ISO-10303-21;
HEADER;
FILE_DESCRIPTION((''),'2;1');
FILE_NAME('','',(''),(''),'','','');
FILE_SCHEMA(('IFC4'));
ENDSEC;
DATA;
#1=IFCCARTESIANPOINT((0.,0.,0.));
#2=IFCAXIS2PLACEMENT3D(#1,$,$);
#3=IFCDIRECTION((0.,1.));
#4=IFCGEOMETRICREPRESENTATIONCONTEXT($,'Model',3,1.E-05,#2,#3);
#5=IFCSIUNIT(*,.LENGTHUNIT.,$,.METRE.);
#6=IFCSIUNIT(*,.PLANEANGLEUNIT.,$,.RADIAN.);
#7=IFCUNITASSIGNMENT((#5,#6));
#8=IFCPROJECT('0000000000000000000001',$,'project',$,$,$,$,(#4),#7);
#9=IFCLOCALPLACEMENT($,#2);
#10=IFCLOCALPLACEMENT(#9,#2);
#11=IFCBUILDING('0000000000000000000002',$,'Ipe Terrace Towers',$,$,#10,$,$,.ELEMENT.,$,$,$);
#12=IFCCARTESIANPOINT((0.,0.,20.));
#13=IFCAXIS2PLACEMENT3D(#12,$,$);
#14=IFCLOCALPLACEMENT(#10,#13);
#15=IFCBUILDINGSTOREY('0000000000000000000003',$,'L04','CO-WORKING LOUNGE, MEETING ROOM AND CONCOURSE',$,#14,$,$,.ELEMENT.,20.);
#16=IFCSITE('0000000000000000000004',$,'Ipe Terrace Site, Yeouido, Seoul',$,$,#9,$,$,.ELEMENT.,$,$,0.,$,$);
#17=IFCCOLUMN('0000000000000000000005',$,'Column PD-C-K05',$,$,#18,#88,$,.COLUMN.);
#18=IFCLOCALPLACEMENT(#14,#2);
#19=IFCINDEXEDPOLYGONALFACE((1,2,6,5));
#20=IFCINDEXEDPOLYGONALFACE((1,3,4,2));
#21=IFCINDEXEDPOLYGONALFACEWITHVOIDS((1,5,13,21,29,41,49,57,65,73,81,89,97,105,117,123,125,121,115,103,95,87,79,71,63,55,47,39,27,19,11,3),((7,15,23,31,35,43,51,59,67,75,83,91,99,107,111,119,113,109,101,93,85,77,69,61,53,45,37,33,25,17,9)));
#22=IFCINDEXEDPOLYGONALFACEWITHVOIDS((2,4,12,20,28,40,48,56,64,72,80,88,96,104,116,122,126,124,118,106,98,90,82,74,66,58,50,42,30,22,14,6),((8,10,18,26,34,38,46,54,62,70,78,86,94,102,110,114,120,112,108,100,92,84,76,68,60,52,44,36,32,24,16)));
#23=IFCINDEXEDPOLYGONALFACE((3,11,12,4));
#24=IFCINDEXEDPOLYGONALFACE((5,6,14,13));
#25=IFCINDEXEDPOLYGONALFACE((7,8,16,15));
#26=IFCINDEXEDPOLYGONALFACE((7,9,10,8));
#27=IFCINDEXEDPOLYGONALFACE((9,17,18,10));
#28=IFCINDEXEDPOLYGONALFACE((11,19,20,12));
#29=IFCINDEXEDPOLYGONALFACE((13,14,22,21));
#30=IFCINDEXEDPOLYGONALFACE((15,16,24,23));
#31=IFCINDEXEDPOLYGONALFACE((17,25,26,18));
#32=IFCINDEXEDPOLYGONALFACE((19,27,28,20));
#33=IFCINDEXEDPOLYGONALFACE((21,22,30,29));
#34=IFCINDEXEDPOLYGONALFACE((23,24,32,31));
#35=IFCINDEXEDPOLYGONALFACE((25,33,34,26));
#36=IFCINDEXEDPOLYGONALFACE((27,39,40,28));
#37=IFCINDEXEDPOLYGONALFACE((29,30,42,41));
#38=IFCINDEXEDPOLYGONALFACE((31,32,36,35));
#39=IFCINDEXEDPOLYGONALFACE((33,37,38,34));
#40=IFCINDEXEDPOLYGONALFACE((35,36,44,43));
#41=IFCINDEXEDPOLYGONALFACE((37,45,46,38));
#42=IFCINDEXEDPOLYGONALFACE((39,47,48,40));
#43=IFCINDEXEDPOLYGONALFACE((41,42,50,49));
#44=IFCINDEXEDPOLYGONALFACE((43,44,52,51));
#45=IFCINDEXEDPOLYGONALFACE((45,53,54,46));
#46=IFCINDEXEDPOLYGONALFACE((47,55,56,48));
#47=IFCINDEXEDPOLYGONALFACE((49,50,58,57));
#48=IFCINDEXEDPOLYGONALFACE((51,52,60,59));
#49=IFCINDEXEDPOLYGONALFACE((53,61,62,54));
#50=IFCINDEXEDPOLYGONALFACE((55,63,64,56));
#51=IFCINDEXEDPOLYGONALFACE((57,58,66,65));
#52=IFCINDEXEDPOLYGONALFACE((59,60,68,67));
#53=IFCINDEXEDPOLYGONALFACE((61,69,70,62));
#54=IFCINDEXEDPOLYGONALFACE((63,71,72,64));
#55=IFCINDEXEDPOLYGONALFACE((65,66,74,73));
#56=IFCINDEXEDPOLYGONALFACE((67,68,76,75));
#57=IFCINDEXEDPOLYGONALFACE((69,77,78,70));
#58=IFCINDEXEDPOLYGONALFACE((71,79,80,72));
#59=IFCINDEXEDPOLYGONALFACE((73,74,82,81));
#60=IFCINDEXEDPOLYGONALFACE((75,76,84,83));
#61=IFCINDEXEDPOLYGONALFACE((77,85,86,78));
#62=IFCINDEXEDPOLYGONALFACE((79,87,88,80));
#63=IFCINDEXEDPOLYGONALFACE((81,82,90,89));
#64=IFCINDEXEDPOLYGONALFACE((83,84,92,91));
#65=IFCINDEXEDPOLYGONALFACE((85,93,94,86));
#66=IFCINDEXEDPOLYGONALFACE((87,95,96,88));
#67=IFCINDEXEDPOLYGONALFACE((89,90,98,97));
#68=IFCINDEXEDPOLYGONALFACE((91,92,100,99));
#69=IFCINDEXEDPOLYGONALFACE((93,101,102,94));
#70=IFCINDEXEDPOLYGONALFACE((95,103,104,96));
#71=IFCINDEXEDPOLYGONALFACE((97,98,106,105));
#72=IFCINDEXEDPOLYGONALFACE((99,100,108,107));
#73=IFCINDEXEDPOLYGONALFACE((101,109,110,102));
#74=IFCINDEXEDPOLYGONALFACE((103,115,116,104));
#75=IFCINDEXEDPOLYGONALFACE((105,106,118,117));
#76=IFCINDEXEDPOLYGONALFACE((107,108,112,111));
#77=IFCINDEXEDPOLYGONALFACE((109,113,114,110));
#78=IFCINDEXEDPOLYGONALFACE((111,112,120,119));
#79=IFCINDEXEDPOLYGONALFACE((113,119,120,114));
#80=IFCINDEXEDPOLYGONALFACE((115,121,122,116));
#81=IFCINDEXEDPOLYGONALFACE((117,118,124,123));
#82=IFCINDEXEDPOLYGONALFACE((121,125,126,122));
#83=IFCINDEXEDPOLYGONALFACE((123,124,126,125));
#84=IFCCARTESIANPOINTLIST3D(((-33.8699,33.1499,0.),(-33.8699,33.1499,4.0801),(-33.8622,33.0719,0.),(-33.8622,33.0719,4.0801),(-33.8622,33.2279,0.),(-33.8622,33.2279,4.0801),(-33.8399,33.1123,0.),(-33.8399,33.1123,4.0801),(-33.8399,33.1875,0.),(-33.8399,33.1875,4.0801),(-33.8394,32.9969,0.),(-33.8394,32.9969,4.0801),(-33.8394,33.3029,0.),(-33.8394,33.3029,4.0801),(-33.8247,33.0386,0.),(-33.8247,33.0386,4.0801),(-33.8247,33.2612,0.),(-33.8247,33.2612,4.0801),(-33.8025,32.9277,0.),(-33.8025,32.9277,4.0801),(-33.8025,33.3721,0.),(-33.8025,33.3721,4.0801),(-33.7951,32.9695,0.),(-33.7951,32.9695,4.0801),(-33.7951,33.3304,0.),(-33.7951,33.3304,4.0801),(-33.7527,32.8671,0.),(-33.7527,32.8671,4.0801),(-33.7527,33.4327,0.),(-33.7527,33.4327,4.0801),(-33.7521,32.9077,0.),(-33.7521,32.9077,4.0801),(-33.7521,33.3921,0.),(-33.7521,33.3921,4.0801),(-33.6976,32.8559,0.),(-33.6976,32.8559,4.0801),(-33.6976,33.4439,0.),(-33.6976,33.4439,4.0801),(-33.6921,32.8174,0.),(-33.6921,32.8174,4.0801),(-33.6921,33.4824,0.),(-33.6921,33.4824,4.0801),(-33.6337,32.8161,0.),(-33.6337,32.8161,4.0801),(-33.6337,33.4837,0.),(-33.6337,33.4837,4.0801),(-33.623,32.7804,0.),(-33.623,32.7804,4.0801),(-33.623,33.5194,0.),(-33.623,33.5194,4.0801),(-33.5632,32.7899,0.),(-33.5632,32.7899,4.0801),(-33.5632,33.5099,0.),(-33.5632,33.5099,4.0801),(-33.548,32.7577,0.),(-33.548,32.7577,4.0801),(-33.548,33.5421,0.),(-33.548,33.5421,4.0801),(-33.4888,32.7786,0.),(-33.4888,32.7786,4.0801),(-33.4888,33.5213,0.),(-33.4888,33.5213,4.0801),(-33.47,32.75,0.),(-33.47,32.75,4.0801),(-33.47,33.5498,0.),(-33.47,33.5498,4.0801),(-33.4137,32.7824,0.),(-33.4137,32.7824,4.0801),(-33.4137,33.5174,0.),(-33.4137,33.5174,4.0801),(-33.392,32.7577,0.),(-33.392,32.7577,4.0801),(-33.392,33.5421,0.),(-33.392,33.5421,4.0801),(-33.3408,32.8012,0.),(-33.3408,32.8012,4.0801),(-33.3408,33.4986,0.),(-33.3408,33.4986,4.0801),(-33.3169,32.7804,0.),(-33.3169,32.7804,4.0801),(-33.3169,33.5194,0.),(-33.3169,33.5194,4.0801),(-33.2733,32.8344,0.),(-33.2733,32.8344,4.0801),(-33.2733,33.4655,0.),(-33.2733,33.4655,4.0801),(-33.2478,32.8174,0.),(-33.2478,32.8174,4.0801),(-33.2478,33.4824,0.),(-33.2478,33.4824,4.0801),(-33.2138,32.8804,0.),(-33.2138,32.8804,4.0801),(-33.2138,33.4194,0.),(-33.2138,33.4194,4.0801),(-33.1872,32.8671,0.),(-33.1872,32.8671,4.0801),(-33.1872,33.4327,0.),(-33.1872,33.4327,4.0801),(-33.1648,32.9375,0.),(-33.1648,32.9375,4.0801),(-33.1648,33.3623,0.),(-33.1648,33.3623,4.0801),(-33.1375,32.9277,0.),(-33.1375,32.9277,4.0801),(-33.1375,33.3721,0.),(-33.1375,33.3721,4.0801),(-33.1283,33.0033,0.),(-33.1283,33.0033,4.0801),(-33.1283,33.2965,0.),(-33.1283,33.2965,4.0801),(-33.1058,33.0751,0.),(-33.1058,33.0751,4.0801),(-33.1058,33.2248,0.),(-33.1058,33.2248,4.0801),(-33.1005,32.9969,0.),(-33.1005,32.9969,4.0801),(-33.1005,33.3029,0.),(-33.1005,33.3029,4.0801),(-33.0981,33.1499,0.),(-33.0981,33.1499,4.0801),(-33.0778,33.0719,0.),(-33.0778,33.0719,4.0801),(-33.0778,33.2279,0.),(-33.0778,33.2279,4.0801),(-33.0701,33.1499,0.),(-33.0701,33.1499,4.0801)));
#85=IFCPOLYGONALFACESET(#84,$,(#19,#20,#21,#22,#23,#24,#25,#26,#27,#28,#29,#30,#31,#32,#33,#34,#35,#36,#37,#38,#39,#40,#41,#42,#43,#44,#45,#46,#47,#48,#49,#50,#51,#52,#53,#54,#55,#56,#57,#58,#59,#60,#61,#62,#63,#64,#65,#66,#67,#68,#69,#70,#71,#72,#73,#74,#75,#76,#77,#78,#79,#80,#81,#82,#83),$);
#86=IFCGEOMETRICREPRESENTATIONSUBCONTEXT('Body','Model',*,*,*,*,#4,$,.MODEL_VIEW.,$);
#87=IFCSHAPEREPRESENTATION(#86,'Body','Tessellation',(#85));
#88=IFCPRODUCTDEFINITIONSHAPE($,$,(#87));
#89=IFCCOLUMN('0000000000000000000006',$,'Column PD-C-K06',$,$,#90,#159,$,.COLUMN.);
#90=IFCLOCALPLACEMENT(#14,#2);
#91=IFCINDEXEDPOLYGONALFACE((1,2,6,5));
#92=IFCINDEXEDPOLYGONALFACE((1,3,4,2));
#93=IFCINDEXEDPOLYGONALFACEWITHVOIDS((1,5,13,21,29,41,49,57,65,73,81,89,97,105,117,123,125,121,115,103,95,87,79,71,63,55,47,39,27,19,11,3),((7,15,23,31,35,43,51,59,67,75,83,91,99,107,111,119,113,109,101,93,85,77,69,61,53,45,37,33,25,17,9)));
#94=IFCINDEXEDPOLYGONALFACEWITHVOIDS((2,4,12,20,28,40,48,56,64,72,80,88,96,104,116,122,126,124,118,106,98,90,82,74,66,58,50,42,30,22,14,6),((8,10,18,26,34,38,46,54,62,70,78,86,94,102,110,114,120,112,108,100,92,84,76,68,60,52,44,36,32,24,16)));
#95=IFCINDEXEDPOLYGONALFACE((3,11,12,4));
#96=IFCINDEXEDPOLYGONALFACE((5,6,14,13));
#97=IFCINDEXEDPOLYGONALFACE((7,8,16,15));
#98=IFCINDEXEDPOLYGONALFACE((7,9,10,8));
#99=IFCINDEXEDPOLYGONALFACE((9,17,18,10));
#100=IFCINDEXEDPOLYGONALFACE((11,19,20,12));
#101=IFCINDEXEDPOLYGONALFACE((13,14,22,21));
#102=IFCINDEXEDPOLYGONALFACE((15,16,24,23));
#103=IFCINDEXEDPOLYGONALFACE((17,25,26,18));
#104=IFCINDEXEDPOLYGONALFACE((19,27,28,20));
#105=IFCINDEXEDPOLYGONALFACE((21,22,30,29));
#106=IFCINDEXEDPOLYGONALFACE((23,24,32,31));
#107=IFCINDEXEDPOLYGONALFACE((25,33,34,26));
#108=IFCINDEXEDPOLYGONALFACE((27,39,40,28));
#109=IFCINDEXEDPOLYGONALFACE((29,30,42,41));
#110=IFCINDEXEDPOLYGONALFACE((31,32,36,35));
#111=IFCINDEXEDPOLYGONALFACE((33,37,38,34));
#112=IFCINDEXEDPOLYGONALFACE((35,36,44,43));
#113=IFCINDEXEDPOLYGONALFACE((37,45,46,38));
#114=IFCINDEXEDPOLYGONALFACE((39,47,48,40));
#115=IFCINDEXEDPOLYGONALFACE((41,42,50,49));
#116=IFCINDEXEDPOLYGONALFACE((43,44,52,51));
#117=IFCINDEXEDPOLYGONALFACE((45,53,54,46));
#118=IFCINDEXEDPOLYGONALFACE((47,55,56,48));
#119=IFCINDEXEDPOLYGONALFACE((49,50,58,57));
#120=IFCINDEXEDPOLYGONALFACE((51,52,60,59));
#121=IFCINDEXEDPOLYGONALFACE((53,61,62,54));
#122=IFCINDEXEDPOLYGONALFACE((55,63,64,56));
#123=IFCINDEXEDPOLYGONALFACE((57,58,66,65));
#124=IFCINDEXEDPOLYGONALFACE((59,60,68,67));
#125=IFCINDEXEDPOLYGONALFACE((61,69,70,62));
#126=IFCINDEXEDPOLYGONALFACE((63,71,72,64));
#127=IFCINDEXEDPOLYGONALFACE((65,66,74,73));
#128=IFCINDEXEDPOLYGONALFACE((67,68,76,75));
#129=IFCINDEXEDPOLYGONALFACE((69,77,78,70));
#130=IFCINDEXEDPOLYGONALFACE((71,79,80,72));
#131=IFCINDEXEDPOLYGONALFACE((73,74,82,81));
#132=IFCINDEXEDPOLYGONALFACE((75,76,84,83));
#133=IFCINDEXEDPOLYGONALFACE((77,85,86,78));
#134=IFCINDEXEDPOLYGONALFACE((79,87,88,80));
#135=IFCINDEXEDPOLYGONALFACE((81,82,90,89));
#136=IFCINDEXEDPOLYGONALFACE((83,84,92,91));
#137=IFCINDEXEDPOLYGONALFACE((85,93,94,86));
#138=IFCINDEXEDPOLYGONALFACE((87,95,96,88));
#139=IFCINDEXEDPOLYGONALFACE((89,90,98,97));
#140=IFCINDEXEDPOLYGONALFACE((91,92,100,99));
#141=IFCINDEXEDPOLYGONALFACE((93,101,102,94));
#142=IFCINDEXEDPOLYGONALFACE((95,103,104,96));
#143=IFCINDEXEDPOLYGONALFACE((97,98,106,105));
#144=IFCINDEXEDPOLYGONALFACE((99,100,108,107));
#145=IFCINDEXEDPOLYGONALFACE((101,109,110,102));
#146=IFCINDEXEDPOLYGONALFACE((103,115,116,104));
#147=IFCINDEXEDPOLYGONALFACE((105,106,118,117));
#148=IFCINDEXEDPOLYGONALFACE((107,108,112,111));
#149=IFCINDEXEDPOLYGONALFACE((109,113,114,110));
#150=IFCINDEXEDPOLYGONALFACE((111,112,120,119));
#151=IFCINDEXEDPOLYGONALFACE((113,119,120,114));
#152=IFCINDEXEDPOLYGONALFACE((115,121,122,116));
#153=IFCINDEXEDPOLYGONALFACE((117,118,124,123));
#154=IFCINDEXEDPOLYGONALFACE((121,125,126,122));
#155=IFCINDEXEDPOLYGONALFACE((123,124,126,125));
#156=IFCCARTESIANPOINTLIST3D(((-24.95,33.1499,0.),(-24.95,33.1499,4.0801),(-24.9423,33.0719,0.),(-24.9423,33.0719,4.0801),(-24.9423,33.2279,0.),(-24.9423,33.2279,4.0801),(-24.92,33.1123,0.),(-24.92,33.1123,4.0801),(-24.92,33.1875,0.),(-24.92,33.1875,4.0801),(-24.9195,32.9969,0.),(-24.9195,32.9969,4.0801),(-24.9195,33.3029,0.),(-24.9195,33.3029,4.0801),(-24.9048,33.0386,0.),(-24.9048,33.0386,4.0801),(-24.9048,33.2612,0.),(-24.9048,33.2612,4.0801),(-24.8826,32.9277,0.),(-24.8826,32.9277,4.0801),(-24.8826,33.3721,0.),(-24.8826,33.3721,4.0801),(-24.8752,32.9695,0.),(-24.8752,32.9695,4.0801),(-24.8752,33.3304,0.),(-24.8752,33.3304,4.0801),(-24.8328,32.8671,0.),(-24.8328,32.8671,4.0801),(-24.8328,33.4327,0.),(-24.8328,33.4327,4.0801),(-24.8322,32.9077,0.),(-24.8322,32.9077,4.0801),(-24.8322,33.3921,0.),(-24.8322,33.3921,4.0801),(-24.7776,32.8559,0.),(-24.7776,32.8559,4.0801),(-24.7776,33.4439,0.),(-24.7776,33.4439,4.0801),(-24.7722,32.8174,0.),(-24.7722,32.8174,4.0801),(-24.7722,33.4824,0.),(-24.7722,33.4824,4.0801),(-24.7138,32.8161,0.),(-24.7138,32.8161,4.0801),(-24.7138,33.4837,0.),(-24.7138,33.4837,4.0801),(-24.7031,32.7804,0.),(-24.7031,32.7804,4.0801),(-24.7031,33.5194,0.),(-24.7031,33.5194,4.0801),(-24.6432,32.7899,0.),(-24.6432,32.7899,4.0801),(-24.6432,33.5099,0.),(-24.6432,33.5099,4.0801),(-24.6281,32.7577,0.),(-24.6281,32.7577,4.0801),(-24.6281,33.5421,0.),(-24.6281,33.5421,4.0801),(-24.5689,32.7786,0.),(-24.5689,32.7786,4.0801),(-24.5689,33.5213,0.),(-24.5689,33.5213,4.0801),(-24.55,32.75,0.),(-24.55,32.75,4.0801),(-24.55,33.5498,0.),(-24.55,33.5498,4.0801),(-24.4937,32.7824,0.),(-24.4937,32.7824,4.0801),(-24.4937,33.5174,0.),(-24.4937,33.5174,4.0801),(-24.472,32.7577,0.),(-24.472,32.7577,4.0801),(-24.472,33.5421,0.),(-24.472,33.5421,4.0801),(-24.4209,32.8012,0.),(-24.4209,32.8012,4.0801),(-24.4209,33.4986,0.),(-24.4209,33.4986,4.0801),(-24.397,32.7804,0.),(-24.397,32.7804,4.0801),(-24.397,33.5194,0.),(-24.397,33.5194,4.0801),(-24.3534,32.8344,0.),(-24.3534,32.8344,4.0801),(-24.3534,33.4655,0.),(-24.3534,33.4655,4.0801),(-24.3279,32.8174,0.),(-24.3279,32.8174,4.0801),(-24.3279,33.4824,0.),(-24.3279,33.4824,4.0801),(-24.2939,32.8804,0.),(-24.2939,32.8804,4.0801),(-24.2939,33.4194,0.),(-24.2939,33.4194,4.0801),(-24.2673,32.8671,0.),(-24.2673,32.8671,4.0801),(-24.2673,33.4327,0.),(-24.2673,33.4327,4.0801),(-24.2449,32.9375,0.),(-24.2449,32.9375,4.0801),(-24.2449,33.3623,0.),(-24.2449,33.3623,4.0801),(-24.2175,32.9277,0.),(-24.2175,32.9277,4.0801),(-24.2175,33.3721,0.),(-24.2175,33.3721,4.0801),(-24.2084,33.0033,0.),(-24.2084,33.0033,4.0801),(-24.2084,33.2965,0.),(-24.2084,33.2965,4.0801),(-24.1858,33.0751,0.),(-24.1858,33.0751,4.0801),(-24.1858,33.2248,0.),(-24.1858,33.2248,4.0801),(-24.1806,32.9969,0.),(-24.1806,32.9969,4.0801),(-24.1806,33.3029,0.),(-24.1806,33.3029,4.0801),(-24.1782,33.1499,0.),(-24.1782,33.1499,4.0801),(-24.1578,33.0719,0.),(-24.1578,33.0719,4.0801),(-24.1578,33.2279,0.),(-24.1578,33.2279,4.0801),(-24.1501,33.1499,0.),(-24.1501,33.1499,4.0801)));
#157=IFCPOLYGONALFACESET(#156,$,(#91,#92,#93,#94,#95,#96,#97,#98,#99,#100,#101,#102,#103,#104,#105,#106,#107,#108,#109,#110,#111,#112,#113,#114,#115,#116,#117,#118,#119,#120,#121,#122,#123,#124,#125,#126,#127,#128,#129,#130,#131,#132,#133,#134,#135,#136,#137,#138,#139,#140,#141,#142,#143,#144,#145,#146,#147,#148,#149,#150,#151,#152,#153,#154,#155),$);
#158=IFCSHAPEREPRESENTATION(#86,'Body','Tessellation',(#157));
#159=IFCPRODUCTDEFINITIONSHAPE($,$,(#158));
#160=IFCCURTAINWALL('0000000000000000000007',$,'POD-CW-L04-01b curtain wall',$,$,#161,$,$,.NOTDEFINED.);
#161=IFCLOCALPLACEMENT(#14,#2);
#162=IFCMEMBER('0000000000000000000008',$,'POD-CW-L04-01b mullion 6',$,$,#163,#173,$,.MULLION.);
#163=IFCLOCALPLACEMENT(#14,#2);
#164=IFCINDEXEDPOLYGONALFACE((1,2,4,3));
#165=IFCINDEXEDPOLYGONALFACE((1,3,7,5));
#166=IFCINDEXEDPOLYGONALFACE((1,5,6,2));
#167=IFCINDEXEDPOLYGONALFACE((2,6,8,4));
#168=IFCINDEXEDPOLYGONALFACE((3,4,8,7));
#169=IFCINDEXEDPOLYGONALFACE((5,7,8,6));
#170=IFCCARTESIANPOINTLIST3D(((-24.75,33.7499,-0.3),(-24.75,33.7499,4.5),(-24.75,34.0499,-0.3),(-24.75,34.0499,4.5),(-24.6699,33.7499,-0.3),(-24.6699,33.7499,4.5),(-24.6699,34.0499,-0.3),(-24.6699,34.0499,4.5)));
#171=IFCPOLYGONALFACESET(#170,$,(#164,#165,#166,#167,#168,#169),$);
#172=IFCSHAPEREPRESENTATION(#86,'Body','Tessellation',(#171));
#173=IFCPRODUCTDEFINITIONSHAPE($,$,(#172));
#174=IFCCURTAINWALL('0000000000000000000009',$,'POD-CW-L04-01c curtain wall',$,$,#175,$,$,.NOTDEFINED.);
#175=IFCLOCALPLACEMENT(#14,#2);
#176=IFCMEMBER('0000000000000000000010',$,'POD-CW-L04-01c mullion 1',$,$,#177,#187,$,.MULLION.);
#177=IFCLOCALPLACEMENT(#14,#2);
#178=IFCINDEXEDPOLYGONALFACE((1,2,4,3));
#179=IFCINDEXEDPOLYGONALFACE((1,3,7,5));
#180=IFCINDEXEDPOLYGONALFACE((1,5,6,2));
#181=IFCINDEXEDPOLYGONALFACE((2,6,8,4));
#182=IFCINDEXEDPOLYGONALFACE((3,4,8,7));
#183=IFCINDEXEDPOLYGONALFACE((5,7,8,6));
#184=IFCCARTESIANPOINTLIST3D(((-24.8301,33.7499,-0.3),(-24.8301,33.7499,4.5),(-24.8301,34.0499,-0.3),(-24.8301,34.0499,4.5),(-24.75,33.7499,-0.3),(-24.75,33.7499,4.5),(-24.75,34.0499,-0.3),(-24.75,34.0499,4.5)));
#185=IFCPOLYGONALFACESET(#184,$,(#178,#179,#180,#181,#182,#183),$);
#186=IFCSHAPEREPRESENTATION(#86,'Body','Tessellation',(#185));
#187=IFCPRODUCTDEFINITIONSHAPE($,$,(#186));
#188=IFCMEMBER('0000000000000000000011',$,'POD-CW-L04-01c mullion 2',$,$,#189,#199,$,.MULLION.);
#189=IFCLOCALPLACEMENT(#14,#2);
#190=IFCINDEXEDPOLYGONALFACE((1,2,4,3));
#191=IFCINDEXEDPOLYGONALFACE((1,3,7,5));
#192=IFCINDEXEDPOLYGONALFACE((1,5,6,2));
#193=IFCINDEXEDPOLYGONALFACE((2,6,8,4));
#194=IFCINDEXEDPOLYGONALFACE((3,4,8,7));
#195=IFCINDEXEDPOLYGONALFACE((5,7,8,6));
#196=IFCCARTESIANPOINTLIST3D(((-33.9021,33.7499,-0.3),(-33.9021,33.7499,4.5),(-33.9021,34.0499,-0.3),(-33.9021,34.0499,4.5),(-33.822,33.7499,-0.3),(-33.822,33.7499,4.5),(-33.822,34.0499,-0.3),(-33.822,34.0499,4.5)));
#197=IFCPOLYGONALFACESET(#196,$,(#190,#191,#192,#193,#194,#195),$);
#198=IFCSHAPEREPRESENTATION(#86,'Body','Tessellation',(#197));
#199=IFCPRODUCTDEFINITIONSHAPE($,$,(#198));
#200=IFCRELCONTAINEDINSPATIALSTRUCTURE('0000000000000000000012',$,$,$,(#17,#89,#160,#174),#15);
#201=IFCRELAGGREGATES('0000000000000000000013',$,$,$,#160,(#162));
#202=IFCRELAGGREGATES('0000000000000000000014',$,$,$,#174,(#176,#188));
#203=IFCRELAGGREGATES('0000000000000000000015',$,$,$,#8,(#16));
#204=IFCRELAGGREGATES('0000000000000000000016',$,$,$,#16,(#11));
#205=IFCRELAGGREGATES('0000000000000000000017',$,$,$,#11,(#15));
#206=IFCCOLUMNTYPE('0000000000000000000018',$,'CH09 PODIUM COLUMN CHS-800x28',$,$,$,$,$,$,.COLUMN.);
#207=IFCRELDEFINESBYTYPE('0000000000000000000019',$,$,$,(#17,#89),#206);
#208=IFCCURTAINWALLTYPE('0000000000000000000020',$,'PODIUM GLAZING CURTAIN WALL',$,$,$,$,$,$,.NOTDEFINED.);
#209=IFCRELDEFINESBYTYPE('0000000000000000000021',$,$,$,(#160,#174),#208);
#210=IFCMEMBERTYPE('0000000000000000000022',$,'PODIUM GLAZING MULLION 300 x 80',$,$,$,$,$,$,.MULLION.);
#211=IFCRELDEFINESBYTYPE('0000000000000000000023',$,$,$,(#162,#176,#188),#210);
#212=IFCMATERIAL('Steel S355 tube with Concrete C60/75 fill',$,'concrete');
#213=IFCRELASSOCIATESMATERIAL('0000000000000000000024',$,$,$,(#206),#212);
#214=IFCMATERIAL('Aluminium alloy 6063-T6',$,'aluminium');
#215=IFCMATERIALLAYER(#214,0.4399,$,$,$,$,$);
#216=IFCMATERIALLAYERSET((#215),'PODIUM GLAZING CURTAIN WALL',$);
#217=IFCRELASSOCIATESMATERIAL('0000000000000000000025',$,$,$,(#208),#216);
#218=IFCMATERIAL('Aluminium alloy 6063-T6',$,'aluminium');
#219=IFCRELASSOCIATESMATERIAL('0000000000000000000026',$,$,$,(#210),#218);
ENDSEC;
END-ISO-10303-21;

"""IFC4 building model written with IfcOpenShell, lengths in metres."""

from ifc_helpers import new_model, si_unit, direction, frame, origin, origin_2d, place, context, subcontext, project, spatial, rectangle, hollow_circle, extrude, material, layer, layer_set, material_profile, profile_set, type_object, element, aggregate, save


model = new_model("IFC4")

# Units and contexts
model_context = context("Model", 3, precision=1e-05, world=origin(), true_north=direction((0.0, 1.0)))
body_context = subcontext(model_context, "Body", "Model", "MODEL_VIEW")
ifc_project = project(units=[si_unit("LENGTHUNIT", "METRE"), si_unit("PLANEANGLEUNIT", "RADIAN")], contexts=[model_context])

# Site, building, storey
site_placement = place(None, origin())
site = spatial("IfcSite", under=ifc_project, at=site_placement, Name="Ipe Terrace Site, Yeouido, Seoul", CompositionType="ELEMENT", RefElevation=0.0)
building_placement = place(site_placement, origin())
building = spatial("IfcBuilding", under=site, at=building_placement, Name="Ipe Terrace Towers", CompositionType="ELEMENT")
storey_placement = place(building_placement, frame((0.0, 0.0, 20.0)))
storey = spatial("IfcBuildingStorey", under=building, at=storey_placement, Name="L04", Description="CO-WORKING LOUNGE, MEETING ROOM AND CONCOURSE", CompositionType="ELEMENT", Elevation=20.0)

# Columns
ifc_material_1 = material(Name="Steel S355 tube with Concrete C60/75 fill", Category="concrete")
ifc_material_profile_1 = material_profile(ifc_material_1, hollow_circle(Radius=0.3999, WallThickness=0.0281, at=origin_2d()), Name="CHS-800x28")
ifc_profile_set_1 = profile_set([ifc_material_profile_1], Name="Steel S355 tube with Concrete C60/75 fill")
column_type = type_object("IfcColumnType", Name="CH09 PODIUM COLUMN CHS-800x28", PredefinedType="COLUMN", material=ifc_profile_set_1)
for number, where, z_axis, x_axis, name in (
    (1, (-33.47, 33.1499, 0.0), (0.0, 0.0, 1.0), (1.0, 0.0, 0.0), "Column PD-C-K05"),
    (2, (-24.55, 33.1499, 0.0), (0.0, 0.0, 1.0), (1.0, 0.0, 0.0), "Column PD-C-K06"),
):
    element("IfcColumn", number, at=place(storey_placement, frame(where, z_axis=z_axis, x_axis=x_axis)), inside=storey, type_object=column_type, Name=name, PredefinedType="COLUMN", context=body_context, shape_type="SweptSolid", body=[
        extrude(hollow_circle(Radius=0.3999, WallThickness=0.0281, at=origin_2d()), origin(), (0.0, 0.0, 1.0), 4.0801),
    ])

# Curtain wall, member
ifc_material_2 = material(Name="Aluminium alloy 6063-T6", Category="aluminium")
ifc_layer_1 = layer(ifc_material_2, 0.4399)
ifc_layer_set_1 = layer_set([ifc_layer_1], Name="PODIUM GLAZING CURTAIN WALL")
curtain_wall_type = type_object("IfcCurtainWallType", Name="PODIUM GLAZING CURTAIN WALL", PredefinedType="NOTDEFINED", material=ifc_layer_set_1)
curtain_wall_1_placement = place(storey_placement, origin())
curtain_wall_1 = element("IfcCurtainWall", 3, at=curtain_wall_1_placement, inside=storey, type_object=curtain_wall_type, Name="POD-CW-L04-01b curtain wall", PredefinedType="NOTDEFINED")
ifc_material_3 = material(Name="Aluminium alloy 6063-T6", Category="aluminium")
ifc_material_profile_2 = material_profile(ifc_material_3, rectangle(XDim=0.3, YDim=0.0801, at=origin_2d()), Name="PODIUM GLAZING MULLION 300 x 80")
ifc_profile_set_2 = profile_set([ifc_material_profile_2], Name="Aluminium alloy 6063-T6")
member_type_1 = type_object("IfcMemberType", Name="PODIUM GLAZING MULLION 300 x 80", PredefinedType="MULLION", material=ifc_profile_set_2)
member_1_placement = place(storey_placement, frame((-24.71, 33.8999, -0.3), z_axis=(0.0, 0.0, 1.0), x_axis=(0.0, 1.0, 0.0)))
member_1 = element("IfcMember", 4, at=member_1_placement, type_object=member_type_1, Name="POD-CW-L04-01b mullion 6", PredefinedType="MULLION", context=body_context, shape_type="SweptSolid", body=[
    extrude(rectangle(XDim=0.3, YDim=0.0801, at=origin_2d()), origin(), (0.0, 0.0, 1.0), 4.8),
])
aggregate(curtain_wall_1, [member_1])

# Curtain wall, members
curtain_wall_2_placement = place(storey_placement, origin())
curtain_wall_2 = element("IfcCurtainWall", 5, at=curtain_wall_2_placement, inside=storey, type_object=curtain_wall_type, Name="POD-CW-L04-01c curtain wall", PredefinedType="NOTDEFINED")
member_2_placement = place(storey_placement, frame((-24.79, 33.8999, -0.3), z_axis=(0.0, 0.0, 1.0), x_axis=(0.0, 1.0, 0.0)))
member_2 = element("IfcMember", 6, at=member_2_placement, type_object=member_type_1, Name="POD-CW-L04-01c mullion 1", PredefinedType="MULLION", context=body_context, shape_type="SweptSolid", body=[
    extrude(rectangle(XDim=0.3, YDim=0.0801, at=origin_2d()), origin(), (0.0, 0.0, 1.0), 4.8),
])
member_3_placement = place(storey_placement, frame((-33.8621, 33.8999, -0.3), z_axis=(0.0, 0.0, 1.0), x_axis=(0.0, 1.0, 0.0)))
member_3 = element("IfcMember", 7, at=member_3_placement, type_object=member_type_1, Name="POD-CW-L04-01c mullion 2", PredefinedType="MULLION", context=body_context, shape_type="SweptSolid", body=[
    extrude(rectangle(XDim=0.3, YDim=0.0801, at=origin_2d()), origin(), (0.0, 0.0, 1.0), 4.8),
])
aggregate(curtain_wall_2, [member_2, member_3])

save(model, "model.ifc")
